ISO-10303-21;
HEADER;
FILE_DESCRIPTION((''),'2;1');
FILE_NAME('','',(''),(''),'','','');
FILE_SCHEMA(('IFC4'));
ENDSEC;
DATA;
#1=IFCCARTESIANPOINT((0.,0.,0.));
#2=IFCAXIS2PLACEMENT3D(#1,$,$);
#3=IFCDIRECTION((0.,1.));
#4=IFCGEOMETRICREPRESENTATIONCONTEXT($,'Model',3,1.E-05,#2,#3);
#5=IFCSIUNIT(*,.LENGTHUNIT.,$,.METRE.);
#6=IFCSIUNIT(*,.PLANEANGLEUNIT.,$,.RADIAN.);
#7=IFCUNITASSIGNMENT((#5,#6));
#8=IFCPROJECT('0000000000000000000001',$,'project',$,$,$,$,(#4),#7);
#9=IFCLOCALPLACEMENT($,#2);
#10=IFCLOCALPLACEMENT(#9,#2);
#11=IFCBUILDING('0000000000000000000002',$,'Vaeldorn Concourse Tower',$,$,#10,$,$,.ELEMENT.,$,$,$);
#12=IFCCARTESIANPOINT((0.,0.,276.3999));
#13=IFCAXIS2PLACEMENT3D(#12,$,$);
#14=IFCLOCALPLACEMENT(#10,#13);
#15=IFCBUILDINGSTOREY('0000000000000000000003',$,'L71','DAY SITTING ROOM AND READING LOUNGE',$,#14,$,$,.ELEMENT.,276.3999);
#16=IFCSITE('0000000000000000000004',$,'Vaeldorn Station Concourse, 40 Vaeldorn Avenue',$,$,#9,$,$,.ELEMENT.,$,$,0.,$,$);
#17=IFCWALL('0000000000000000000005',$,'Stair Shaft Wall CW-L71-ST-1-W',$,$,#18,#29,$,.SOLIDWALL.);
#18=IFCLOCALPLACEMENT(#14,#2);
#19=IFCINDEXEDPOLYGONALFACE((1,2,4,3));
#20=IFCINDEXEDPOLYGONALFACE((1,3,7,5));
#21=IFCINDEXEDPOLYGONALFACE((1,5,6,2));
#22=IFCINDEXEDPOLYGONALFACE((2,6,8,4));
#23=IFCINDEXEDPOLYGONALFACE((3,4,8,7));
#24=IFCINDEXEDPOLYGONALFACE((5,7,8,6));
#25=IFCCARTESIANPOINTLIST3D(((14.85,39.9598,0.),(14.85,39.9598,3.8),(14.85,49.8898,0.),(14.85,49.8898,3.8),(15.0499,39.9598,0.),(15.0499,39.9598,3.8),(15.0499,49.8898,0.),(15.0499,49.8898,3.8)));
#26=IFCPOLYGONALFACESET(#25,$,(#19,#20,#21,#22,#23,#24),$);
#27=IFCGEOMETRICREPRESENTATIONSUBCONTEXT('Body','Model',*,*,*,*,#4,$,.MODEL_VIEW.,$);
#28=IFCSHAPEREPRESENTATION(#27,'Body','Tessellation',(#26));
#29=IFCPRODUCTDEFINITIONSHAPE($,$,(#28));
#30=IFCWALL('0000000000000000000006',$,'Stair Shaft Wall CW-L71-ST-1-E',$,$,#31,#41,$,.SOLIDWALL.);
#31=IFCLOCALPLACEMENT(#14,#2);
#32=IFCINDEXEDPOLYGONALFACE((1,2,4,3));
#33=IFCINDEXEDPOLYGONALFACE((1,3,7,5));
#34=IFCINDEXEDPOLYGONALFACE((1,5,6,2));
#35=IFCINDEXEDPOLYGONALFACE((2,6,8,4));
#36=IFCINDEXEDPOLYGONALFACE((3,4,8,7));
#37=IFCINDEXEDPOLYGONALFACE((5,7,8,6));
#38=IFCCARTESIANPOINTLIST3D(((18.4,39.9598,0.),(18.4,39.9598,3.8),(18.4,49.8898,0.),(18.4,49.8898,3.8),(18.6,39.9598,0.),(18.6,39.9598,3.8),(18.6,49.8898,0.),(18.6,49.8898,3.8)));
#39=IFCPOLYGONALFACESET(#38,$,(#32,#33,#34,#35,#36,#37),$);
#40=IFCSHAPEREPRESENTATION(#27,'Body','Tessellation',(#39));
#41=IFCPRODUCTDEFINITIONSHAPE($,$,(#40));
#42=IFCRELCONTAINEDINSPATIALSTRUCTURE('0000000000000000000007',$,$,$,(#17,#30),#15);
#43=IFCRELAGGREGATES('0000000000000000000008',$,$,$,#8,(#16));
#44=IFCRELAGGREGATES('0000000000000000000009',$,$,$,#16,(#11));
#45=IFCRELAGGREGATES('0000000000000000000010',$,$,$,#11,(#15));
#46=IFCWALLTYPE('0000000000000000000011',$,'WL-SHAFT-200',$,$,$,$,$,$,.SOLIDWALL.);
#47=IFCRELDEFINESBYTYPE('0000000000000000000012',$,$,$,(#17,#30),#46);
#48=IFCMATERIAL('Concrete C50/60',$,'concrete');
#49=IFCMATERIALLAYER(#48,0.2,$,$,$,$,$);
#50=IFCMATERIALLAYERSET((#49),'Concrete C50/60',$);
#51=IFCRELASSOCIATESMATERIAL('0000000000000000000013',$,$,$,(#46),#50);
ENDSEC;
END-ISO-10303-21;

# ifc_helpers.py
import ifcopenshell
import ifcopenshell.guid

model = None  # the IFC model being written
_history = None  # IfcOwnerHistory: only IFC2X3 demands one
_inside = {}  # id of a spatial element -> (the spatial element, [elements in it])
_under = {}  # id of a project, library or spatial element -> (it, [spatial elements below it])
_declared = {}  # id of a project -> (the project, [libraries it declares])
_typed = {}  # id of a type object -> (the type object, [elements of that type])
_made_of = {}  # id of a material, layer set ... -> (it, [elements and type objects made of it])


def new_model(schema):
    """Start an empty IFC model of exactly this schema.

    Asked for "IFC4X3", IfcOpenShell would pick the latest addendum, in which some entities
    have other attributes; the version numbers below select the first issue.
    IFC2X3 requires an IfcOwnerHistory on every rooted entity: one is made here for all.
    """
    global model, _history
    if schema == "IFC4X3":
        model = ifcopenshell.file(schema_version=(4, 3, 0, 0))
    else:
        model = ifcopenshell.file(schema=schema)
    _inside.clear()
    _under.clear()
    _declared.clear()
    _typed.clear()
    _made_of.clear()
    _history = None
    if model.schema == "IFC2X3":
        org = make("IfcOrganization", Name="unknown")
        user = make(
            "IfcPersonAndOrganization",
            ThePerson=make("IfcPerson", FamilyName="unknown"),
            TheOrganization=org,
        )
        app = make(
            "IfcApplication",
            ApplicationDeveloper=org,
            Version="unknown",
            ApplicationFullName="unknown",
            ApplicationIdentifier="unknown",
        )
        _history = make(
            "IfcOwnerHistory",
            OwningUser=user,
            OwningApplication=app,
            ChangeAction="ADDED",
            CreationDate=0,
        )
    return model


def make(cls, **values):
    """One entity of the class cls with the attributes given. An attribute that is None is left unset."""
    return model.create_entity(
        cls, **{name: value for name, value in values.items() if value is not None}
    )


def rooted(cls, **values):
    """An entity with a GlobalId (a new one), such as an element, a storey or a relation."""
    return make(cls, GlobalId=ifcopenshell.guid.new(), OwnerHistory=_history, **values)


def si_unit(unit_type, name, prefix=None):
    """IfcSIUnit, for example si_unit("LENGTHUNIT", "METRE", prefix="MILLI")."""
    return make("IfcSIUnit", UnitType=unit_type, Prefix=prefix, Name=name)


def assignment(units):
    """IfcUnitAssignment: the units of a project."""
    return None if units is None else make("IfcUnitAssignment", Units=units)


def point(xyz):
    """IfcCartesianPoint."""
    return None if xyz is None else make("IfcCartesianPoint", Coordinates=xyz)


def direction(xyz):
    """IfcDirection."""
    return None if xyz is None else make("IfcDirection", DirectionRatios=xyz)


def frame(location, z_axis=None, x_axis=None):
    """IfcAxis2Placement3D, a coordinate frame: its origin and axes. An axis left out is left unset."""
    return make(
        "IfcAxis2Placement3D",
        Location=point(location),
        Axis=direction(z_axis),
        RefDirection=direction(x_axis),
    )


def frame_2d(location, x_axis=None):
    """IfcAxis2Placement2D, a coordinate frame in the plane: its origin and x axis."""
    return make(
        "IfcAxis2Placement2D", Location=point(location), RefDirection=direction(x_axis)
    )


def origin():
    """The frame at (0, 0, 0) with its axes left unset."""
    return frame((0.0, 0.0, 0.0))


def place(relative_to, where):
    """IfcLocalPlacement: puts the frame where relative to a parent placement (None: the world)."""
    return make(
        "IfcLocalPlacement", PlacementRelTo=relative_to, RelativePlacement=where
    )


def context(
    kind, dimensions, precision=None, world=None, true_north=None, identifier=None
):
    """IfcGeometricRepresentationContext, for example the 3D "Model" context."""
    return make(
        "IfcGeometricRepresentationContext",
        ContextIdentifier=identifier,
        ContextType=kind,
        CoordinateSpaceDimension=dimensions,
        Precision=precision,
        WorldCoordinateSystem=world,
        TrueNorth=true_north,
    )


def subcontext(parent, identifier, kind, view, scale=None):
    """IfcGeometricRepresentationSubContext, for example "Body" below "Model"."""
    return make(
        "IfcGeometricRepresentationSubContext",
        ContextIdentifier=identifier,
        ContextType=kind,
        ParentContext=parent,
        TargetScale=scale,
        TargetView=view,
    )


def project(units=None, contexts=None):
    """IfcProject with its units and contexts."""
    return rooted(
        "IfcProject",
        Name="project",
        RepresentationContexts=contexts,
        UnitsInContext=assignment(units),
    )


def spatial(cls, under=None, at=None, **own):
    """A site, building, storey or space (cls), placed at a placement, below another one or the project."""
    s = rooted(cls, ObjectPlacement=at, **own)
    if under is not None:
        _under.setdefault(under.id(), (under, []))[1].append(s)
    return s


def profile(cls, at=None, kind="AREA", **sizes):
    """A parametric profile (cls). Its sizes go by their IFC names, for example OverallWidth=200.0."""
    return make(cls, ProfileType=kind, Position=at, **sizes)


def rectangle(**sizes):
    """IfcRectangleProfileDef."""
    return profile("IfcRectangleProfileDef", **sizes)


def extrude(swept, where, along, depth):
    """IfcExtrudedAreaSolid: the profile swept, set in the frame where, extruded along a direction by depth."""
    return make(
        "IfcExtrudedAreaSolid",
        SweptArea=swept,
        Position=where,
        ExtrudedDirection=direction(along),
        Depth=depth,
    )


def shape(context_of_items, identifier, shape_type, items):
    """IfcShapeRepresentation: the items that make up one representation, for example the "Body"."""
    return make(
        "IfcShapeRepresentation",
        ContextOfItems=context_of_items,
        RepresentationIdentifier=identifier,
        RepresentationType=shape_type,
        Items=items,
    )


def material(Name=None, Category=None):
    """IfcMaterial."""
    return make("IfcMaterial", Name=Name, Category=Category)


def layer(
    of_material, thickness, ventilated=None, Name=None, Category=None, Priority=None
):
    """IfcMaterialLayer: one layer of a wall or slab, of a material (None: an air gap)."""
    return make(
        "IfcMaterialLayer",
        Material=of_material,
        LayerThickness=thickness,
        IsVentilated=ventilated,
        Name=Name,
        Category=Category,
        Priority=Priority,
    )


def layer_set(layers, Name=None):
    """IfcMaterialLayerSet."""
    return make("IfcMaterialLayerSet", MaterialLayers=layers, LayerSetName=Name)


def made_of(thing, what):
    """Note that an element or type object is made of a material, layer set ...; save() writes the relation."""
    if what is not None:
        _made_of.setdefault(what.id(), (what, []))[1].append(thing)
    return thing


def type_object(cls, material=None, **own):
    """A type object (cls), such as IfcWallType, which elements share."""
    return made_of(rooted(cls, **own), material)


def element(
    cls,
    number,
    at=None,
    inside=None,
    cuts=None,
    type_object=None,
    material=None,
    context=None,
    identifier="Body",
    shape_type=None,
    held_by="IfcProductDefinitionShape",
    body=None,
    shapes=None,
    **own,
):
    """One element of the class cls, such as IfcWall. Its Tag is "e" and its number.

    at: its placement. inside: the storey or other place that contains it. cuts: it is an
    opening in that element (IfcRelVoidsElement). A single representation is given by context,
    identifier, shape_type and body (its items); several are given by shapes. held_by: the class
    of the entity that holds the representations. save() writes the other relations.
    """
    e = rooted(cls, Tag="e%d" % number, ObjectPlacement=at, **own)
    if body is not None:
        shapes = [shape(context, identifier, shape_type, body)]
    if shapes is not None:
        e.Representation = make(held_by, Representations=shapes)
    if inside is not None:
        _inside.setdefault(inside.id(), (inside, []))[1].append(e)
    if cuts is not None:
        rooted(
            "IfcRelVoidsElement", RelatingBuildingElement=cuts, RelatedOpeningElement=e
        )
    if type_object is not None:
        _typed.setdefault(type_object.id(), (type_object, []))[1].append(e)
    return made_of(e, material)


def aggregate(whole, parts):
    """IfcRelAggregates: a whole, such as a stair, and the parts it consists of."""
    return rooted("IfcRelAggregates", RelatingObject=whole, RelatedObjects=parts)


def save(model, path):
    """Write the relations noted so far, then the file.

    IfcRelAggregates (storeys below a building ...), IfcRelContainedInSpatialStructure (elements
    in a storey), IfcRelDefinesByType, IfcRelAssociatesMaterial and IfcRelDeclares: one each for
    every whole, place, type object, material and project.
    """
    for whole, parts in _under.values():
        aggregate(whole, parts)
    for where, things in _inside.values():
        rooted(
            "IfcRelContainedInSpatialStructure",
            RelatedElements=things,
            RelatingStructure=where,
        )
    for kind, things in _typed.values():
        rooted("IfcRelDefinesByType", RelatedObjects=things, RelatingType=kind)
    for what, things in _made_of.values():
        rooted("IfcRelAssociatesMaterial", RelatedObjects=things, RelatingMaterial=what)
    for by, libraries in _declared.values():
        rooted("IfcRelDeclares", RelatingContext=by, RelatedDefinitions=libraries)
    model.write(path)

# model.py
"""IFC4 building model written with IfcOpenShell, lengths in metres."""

from ifc_helpers import new_model, si_unit, direction, frame, frame_2d, origin, place, context, subcontext, project, spatial, rectangle, extrude, material, layer, layer_set, type_object, element, save


model = new_model("IFC4")

# Units and contexts
model_context = context("Model", 3, precision=1e-05, world=origin(), true_north=direction((0.0, 1.0)))
body_context = subcontext(model_context, "Body", "Model", "MODEL_VIEW")
ifc_project = project(units=[si_unit("LENGTHUNIT", "METRE"), si_unit("PLANEANGLEUNIT", "RADIAN")], contexts=[model_context])

# Site, building, storey
site_placement = place(None, origin())
site = spatial("IfcSite", under=ifc_project, at=site_placement, Name="Vaeldorn Station Concourse, 40 Vaeldorn Avenue", CompositionType="ELEMENT", RefElevation=0.0)
building_placement = place(site_placement, origin())
building = spatial("IfcBuilding", under=site, at=building_placement, Name="Vaeldorn Concourse Tower", CompositionType="ELEMENT")
storey_placement = place(building_placement, frame((0.0, 0.0, 276.3999)))
storey = spatial("IfcBuildingStorey", under=building, at=storey_placement, Name="L71", Description="DAY SITTING ROOM AND READING LOUNGE", CompositionType="ELEMENT", Elevation=276.3999)

# Shared definitions
ifc_material_1 = material(Name="Concrete C50/60", Category="concrete")

# Shared definitions
ifc_layer_1 = layer(ifc_material_1, 0.2)
ifc_layer_set_1 = layer_set([ifc_layer_1], Name="Concrete C50/60")
wall_type_1 = type_object("IfcWallType", Name="WL-SHAFT-200", PredefinedType="SOLIDWALL", material=ifc_layer_set_1)

# Walls
for number, where, z_axis, x_axis, name in (
    (1, (14.95, 39.96, 0.0), (0.0, 0.0, 1.0), (0.0, 1.0, 0.0), "Stair Shaft Wall CW-L71-ST-1-W"),
    (2, (18.5, 39.96, 0.0), (0.0, 0.0, 1.0), (0.0, 1.0, 0.0), "Stair Shaft Wall CW-L71-ST-1-E"),
):
    element("IfcWall", number, at=place(storey_placement, frame(where, z_axis=z_axis, x_axis=x_axis)), inside=storey, type_object=wall_type_1, Name=name, PredefinedType="SOLIDWALL", context=body_context, shape_type="SweptSolid", body=[
        extrude(rectangle(XDim=9.9299, YDim=0.2, at=frame_2d((4.9648, 0.0))), origin(), (0.0, 0.0, 1.0), 3.8),
    ])

save(model, "model.ifc")
